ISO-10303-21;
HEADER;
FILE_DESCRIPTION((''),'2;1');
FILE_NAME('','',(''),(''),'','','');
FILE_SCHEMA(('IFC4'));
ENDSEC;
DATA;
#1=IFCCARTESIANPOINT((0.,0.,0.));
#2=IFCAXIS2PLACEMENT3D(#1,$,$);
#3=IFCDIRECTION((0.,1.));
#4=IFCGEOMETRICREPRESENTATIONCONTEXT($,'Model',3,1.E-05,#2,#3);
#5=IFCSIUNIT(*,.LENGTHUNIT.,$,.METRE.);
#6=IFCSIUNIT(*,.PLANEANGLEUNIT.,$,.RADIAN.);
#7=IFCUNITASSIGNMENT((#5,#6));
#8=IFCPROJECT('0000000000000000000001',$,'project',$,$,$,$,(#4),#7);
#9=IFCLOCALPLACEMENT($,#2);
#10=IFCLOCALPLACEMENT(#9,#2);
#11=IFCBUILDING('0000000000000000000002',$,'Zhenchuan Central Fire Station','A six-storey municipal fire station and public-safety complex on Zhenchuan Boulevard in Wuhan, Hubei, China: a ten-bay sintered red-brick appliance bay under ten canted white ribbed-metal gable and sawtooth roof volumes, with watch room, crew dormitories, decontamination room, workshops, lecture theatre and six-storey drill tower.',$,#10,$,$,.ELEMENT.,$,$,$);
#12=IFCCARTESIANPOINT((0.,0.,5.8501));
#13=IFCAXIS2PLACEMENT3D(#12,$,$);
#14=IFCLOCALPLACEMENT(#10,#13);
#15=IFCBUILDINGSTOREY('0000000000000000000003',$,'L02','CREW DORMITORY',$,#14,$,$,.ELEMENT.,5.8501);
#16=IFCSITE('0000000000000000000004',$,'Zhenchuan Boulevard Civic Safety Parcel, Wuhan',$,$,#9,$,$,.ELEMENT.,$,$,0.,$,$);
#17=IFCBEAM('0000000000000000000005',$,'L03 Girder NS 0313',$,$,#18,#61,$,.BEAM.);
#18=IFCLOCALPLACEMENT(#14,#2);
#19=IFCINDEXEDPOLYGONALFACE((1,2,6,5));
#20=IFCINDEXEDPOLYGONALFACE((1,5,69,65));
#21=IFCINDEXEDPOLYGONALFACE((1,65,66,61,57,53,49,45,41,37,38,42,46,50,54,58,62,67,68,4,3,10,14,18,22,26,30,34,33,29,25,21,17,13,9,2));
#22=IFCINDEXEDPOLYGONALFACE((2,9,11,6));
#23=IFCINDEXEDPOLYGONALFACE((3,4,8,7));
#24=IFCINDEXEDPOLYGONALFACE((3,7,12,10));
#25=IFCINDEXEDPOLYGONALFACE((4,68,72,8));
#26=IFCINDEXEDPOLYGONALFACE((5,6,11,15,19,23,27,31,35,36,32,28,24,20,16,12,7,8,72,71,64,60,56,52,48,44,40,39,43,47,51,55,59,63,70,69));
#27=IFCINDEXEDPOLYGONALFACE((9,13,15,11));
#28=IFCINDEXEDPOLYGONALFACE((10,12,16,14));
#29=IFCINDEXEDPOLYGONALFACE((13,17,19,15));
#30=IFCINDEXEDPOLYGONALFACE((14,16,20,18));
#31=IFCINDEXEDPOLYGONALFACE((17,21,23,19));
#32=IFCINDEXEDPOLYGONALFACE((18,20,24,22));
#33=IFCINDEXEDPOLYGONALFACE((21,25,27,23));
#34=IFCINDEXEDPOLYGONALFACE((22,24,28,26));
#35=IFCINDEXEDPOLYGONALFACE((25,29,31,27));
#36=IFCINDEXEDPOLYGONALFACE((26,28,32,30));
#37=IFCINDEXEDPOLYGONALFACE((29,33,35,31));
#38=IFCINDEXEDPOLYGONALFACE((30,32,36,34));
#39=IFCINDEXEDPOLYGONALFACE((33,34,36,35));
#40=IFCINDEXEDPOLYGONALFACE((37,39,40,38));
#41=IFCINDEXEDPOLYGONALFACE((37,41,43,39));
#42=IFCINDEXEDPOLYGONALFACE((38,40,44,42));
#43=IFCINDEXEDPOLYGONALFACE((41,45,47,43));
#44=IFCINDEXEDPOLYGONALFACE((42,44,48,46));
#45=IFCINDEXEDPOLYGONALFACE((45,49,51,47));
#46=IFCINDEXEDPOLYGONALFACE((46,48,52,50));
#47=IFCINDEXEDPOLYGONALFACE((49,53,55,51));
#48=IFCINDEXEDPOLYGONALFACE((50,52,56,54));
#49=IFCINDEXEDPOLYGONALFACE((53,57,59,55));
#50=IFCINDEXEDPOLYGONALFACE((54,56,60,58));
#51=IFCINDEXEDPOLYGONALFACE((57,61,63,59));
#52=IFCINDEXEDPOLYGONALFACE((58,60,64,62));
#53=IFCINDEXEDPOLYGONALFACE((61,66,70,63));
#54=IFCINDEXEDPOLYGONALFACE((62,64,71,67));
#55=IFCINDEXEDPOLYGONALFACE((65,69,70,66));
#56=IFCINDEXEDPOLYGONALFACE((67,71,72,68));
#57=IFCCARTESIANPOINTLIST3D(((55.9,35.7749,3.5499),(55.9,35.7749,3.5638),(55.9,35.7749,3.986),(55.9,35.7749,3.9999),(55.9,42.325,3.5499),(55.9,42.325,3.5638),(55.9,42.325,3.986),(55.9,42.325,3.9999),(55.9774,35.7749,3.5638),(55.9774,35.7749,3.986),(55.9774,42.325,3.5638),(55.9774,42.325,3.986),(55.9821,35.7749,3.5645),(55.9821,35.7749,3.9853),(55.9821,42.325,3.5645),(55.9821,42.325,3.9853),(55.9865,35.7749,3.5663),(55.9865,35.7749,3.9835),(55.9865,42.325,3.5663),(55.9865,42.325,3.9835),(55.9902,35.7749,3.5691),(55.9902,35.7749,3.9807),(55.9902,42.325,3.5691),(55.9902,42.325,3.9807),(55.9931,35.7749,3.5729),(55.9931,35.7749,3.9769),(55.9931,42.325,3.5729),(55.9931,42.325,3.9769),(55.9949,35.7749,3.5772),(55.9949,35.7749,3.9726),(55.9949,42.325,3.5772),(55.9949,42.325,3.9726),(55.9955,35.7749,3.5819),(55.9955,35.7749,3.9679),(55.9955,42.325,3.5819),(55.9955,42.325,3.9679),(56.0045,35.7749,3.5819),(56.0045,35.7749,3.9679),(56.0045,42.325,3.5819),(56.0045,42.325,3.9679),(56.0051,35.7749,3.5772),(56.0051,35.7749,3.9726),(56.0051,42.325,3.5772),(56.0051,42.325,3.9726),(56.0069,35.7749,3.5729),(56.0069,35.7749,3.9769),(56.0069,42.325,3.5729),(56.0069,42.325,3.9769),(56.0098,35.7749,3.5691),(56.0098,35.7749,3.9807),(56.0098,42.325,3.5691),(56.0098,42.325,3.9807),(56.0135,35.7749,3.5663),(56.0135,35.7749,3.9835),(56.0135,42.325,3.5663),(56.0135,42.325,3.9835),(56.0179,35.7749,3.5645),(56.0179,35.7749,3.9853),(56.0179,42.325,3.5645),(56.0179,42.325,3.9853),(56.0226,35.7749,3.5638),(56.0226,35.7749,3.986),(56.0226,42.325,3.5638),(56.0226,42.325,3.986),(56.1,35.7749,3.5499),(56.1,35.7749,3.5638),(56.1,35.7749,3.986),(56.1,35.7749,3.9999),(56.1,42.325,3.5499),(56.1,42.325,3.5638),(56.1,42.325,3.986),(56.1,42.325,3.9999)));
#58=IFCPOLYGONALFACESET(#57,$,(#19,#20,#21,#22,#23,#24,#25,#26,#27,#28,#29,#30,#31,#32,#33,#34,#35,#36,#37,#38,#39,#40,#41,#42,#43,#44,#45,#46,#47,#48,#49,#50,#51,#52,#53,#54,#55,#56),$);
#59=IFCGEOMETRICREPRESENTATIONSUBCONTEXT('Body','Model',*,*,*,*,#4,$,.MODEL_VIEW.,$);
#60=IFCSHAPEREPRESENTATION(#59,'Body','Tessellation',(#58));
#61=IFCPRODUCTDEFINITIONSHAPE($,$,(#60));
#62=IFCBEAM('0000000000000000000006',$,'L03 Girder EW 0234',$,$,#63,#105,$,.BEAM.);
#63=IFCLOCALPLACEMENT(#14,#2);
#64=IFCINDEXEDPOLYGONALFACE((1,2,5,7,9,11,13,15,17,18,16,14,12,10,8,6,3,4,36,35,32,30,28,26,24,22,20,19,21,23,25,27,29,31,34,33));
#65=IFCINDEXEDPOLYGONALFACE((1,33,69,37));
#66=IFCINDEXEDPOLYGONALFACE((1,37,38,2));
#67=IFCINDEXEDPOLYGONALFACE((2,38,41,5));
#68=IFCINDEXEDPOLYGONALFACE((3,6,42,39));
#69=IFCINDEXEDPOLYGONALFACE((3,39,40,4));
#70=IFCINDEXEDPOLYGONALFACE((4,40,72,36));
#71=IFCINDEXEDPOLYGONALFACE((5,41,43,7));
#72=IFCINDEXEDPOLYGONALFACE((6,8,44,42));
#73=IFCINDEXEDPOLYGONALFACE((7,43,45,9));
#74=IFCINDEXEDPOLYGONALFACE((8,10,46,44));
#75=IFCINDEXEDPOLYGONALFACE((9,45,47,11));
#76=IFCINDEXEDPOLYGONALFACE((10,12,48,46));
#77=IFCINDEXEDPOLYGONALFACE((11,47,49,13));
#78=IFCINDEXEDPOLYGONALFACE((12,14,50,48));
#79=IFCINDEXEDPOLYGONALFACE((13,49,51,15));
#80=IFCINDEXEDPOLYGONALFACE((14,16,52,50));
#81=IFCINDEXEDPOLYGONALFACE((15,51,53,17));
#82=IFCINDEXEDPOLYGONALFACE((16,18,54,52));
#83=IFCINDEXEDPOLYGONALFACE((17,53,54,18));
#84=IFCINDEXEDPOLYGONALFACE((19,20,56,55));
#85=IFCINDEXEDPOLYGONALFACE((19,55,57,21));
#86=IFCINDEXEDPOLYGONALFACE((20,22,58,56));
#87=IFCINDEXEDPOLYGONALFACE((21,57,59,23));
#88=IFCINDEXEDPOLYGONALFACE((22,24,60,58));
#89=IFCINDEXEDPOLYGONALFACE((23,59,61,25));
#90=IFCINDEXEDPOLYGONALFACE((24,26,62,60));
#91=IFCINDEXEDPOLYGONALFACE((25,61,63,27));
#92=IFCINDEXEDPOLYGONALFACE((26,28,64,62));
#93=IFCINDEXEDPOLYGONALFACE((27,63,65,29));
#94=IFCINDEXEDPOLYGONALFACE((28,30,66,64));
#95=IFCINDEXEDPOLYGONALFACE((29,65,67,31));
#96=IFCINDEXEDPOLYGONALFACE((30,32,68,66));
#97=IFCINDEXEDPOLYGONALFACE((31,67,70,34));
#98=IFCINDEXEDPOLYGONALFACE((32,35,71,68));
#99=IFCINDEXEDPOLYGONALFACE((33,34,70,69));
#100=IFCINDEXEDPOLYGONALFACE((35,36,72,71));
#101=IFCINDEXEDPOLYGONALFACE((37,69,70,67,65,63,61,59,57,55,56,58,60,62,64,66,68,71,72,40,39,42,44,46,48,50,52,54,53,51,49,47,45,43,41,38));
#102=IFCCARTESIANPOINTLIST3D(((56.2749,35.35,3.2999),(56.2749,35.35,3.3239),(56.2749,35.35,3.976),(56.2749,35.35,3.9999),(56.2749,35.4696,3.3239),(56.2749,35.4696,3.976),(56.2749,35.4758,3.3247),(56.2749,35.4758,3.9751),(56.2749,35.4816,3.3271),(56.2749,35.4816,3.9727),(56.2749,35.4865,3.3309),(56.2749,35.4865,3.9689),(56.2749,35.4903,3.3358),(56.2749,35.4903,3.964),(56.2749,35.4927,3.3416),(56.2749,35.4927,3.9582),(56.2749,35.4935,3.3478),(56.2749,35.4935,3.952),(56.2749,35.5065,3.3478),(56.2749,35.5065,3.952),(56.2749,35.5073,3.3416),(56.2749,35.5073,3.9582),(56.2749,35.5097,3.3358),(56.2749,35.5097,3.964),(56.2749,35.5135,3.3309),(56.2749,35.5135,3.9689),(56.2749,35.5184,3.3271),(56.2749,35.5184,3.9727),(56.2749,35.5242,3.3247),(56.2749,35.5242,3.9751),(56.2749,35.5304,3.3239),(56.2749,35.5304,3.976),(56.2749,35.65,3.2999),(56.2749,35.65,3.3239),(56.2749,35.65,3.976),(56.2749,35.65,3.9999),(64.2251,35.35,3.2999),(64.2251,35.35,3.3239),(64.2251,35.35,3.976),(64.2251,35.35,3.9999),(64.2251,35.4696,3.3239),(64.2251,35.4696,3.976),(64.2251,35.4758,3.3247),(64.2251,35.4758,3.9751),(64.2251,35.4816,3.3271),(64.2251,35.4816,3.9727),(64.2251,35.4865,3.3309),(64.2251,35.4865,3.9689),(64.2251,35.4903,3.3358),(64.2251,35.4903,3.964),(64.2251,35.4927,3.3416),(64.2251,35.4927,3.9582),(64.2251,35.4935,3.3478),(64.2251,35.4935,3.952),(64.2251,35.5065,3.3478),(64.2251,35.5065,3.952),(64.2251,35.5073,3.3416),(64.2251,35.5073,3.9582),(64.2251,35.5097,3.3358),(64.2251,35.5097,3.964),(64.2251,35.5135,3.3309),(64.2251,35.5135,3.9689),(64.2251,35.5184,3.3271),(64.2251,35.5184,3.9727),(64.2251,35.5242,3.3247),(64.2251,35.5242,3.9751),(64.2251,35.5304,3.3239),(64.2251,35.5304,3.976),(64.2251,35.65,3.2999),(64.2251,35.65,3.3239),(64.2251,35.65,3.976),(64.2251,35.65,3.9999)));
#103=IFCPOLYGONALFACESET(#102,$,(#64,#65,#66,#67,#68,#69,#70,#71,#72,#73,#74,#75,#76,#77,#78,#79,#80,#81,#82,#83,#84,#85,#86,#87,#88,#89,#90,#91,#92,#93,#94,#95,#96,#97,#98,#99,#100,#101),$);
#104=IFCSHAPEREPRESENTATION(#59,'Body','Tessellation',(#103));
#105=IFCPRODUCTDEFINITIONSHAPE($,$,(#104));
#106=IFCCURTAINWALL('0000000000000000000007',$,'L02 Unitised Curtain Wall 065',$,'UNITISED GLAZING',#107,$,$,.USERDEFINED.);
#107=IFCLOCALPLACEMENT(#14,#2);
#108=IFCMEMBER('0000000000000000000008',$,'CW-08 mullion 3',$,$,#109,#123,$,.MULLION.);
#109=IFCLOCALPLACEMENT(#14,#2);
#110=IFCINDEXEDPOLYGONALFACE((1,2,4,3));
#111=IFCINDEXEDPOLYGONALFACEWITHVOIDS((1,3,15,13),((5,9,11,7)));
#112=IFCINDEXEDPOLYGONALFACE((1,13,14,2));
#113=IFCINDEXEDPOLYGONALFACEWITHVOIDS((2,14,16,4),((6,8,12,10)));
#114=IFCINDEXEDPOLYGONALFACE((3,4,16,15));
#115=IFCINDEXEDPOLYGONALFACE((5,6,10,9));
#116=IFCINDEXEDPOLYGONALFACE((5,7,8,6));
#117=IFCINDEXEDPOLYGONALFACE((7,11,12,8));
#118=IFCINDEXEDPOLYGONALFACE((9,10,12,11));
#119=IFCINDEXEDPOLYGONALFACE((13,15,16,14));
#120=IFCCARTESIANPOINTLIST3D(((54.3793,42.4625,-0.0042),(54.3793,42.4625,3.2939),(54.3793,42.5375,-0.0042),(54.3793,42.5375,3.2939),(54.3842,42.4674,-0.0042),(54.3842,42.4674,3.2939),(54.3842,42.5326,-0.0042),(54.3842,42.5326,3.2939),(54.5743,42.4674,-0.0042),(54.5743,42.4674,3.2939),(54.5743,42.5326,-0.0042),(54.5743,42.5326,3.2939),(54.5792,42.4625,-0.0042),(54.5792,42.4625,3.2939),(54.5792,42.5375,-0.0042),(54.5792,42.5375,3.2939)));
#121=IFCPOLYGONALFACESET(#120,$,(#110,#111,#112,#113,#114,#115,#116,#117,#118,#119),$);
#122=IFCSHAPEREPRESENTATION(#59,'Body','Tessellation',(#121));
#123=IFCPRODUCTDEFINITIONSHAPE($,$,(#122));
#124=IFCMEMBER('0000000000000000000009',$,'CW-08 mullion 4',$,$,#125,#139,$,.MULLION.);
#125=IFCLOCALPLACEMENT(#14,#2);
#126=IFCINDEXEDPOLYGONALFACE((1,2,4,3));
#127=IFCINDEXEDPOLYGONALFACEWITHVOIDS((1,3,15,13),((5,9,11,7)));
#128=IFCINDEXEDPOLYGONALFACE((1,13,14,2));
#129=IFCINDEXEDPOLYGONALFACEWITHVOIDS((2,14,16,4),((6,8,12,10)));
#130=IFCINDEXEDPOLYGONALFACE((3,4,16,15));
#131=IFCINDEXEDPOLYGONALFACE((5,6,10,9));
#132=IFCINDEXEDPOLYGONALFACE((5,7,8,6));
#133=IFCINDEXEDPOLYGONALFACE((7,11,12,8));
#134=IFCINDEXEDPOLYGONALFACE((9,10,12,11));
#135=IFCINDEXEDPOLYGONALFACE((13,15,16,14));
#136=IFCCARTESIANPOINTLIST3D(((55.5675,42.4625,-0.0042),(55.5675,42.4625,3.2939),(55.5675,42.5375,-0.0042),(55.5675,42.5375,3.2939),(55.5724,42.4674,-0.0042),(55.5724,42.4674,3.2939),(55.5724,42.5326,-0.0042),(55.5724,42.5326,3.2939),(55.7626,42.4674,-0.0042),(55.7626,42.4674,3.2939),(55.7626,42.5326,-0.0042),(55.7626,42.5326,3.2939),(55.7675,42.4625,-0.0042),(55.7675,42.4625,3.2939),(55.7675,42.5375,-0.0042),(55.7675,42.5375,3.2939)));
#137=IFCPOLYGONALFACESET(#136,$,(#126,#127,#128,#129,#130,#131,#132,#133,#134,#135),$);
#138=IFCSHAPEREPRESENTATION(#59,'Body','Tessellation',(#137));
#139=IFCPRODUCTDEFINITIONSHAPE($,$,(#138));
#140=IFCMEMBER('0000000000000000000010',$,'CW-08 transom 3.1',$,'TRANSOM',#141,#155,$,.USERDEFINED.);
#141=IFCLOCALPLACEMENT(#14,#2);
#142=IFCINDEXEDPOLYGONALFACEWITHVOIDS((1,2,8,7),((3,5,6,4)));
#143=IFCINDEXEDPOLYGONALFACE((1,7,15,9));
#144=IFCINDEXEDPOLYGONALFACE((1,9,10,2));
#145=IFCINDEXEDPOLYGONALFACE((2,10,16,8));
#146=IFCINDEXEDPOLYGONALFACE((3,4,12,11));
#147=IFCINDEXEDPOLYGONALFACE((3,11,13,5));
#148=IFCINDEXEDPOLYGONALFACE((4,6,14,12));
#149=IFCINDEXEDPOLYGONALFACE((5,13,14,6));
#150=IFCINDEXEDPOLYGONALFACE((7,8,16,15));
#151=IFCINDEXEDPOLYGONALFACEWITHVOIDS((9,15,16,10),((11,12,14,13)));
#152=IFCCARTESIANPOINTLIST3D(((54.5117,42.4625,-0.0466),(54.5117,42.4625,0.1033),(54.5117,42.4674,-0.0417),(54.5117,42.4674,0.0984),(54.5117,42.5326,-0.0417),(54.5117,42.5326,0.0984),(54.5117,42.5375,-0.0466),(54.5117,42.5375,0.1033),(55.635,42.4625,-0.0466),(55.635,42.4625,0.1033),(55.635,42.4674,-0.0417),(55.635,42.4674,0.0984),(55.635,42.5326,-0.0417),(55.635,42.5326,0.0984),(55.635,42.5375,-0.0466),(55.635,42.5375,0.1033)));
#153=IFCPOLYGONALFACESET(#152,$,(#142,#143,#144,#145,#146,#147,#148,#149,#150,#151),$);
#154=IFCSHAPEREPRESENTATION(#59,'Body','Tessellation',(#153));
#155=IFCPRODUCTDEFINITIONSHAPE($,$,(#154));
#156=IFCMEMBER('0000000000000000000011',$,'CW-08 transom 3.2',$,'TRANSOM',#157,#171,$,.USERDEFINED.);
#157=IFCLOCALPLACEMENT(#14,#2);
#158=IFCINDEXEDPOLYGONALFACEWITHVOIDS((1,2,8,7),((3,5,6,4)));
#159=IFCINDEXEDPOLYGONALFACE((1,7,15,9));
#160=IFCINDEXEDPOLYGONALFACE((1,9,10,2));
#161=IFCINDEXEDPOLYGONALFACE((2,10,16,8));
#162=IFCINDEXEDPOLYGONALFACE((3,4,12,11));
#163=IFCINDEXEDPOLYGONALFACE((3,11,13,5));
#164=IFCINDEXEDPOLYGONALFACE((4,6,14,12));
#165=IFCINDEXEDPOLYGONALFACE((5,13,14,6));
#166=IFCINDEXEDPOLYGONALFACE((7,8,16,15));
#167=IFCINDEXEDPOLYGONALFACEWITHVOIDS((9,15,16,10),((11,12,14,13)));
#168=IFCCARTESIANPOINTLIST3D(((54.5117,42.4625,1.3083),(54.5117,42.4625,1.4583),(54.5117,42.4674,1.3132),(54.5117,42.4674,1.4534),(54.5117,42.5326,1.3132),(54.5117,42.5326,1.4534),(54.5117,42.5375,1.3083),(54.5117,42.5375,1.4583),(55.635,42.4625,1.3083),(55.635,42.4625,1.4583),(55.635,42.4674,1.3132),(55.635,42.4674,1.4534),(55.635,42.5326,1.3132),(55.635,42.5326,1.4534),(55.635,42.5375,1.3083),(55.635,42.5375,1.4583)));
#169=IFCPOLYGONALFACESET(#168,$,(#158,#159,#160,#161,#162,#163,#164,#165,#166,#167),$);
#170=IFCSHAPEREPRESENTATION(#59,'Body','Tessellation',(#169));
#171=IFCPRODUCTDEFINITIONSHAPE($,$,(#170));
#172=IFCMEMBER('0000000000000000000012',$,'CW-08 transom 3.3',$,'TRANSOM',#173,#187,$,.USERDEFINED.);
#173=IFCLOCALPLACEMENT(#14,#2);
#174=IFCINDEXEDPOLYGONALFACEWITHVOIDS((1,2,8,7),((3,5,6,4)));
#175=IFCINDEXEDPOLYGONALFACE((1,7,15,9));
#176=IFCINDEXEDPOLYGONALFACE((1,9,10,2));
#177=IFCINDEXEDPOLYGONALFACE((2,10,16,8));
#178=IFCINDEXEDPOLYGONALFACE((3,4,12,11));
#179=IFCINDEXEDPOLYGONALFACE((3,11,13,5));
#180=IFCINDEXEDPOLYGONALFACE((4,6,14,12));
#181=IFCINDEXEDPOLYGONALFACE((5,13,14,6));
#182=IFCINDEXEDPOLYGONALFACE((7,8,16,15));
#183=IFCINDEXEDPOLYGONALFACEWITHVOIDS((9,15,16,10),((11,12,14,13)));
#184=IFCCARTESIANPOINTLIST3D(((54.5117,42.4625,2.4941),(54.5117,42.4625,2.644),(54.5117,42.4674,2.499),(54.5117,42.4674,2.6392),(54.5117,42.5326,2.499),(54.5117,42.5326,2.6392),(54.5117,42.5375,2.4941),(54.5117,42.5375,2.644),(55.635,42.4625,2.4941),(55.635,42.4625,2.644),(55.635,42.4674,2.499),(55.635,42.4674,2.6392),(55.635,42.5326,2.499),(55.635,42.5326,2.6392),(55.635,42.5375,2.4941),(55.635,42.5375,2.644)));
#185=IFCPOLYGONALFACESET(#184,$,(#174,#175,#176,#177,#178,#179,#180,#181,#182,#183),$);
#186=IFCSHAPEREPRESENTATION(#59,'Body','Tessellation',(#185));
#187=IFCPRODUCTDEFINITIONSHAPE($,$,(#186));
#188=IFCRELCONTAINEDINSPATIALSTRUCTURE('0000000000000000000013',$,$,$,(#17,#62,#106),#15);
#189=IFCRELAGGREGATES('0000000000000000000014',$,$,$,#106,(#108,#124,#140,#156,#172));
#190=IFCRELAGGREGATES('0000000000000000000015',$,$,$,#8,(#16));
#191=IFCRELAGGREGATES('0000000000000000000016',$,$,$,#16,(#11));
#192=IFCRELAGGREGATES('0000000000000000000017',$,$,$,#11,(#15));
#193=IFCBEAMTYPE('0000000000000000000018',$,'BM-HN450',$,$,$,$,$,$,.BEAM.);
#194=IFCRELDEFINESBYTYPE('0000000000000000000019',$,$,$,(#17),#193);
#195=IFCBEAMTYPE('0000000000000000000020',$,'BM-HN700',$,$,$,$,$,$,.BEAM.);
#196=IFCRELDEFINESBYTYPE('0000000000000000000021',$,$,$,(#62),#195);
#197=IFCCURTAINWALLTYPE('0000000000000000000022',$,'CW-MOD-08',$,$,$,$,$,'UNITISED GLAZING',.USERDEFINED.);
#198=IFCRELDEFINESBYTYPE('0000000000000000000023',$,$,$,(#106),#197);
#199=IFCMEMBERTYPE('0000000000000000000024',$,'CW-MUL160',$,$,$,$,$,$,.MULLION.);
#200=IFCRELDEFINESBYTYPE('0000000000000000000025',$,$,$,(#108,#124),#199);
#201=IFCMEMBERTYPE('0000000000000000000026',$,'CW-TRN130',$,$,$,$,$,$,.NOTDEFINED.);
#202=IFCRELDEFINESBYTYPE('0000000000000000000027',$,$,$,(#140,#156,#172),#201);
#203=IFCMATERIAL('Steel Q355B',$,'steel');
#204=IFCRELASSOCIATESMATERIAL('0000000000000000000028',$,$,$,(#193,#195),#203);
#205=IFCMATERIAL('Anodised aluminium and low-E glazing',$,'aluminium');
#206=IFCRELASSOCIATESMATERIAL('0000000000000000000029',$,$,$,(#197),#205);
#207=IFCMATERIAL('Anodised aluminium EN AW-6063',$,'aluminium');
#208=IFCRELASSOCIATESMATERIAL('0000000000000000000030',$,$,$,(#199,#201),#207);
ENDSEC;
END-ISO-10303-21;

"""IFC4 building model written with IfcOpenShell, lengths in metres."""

from ifc_helpers import new_model, si_unit, direction, frame, origin, origin_2d, place, context, subcontext, project, spatial, hollow_rectangle, i_section, extrude, material, material_profile, profile_set, type_object, element, aggregate, save


model = new_model("IFC4")

# Units and contexts
model_context = context("Model", 3, precision=1e-05, world=origin(), true_north=direction((0.0, 1.0)))
body_context = subcontext(model_context, "Body", "Model", "MODEL_VIEW")
ifc_project = project(units=[si_unit("LENGTHUNIT", "METRE"), si_unit("PLANEANGLEUNIT", "RADIAN")], contexts=[model_context])

# Site, building, storey
site_placement = place(None, origin())
site = spatial("IfcSite", under=ifc_project, at=site_placement, Name="Zhenchuan Boulevard Civic Safety Parcel, Wuhan", CompositionType="ELEMENT", RefElevation=0.0)
building_placement = place(site_placement, origin())
building = spatial("IfcBuilding", under=site, at=building_placement, Name="Zhenchuan Central Fire Station", Description="A six-storey municipal fire station and public-safety complex on Zhenchuan Boulevard in Wuhan, Hubei, China: a ten-bay sintered red-brick appliance bay under ten canted white ribbed-metal gable and sawtooth roof volumes, with watch room, crew dormitories, decontamination room, workshops, lecture theatre and six-storey drill tower.", CompositionType="ELEMENT")
storey_placement = place(building_placement, frame((0.0, 0.0, 5.8501)))
storey = spatial("IfcBuildingStorey", under=building, at=storey_placement, Name="L02", Description="CREW DORMITORY", CompositionType="ELEMENT", Elevation=5.8501)

# Shared definitions
ifc_material_1 = material(Name="Steel Q355B", Category="steel")

# Beams
ifc_material_profile_1 = material_profile(ifc_material_1, i_section(OverallWidth=0.2, OverallDepth=0.45, WebThickness=0.009, FlangeThickness=0.0139, FilletRadius=0.0181, at=origin_2d()), Name="HN 450x200")
ifc_profile_set_1 = profile_set([ifc_material_profile_1], Name="Steel Q355B")
beam_type_1 = type_object("IfcBeamType", Name="BM-HN450", PredefinedType="BEAM", material=ifc_profile_set_1)
beam_1_placement = place(storey_placement, frame((56.0, 35.7749, 3.7749), z_axis=(0.0, 1.0, 0.0), x_axis=(-1.0, 0.0, 0.0)))
element("IfcBeam", 1, at=beam_1_placement, inside=storey, type_object=beam_type_1, Name="L03 Girder NS 0313", PredefinedType="BEAM", context=body_context, shape_type="SweptSolid", body=[
    extrude(i_section(OverallWidth=0.2, OverallDepth=0.45, WebThickness=0.009, FlangeThickness=0.0139, FilletRadius=0.0181, at=origin_2d()), origin(), (0.0, 0.0, 1.0), 6.55),
])
ifc_material_profile_2 = material_profile(ifc_material_1, i_section(OverallWidth=0.3, OverallDepth=0.7, WebThickness=0.0129, FlangeThickness=0.0239, FilletRadius=0.0239, at=origin_2d()), Name="HN 700x300")
ifc_profile_set_2 = profile_set([ifc_material_profile_2], Name="Steel Q355B")
beam_type_2 = type_object("IfcBeamType", Name="BM-HN700", PredefinedType="BEAM", material=ifc_profile_set_2)
beam_2_placement = place(storey_placement, frame((56.2749, 35.5, 3.6499), z_axis=(1.0, 0.0, 0.0), x_axis=(0.0, 1.0, 0.0)))
element("IfcBeam", 2, at=beam_2_placement, inside=storey, type_object=beam_type_2, Name="L03 Girder EW 0234", PredefinedType="BEAM", context=body_context, shape_type="SweptSolid", body=[
    extrude(i_section(OverallWidth=0.3, OverallDepth=0.7, WebThickness=0.0129, FlangeThickness=0.0239, FilletRadius=0.0239, at=origin_2d()), origin(), (0.0, 0.0, 1.0), 7.9502),
])

# Curtain wall, members
ifc_material_2 = material(Name="Anodised aluminium and low-E glazing", Category="aluminium")
curtain_wall_type = type_object("IfcCurtainWallType", Name="CW-MOD-08", ElementType="UNITISED GLAZING", PredefinedType="USERDEFINED", material=ifc_material_2)
curtain_wall_placement = place(storey_placement, origin())
curtain_wall = element("IfcCurtainWall", 3, at=curtain_wall_placement, inside=storey, type_object=curtain_wall_type, Name="L02 Unitised Curtain Wall 065", ObjectType="UNITISED GLAZING", PredefinedType="USERDEFINED")
ifc_material_3 = material(Name="Anodised aluminium EN AW-6063", Category="aluminium")
ifc_material_profile_3 = material_profile(ifc_material_3, hollow_rectangle(XDim=0.075, YDim=0.2, WallThickness=0.0049, at=origin_2d()), Name="ALU-M 200x75")
ifc_profile_set_3 = profile_set([ifc_material_profile_3], Name="Anodised aluminium EN AW-6063")
member_type_1 = type_object("IfcMemberType", Name="CW-MUL160", PredefinedType="MULLION", material=ifc_profile_set_3)
member_1_placement = place(storey_placement, frame((54.4792, 42.5, -0.0042), z_axis=(0.0, 0.0, 1.0), x_axis=(0.0, 1.0, 0.0)))
member_1 = element("IfcMember", 4, at=member_1_placement, type_object=member_type_1, Name="CW-08 mullion 3", PredefinedType="MULLION", context=body_context, shape_type="SweptSolid", body=[
    extrude(hollow_rectangle(XDim=0.075, YDim=0.2, WallThickness=0.0049, at=origin_2d()), origin(), (0.0, 0.0, 1.0), 3.2981),
])
member_2_placement = place(storey_placement, frame((55.6675, 42.5, -0.0042), z_axis=(0.0, 0.0, 1.0), x_axis=(0.0, 1.0, 0.0)))
member_2 = element("IfcMember", 5, at=member_2_placement, type_object=member_type_1, Name="CW-08 mullion 4", PredefinedType="MULLION", context=body_context, shape_type="SweptSolid", body=[
    extrude(hollow_rectangle(XDim=0.075, YDim=0.2, WallThickness=0.0049, at=origin_2d()), origin(), (0.0, 0.0, 1.0), 3.2981),
])
ifc_material_profile_4 = material_profile(ifc_material_3, hollow_rectangle(XDim=0.075, YDim=0.1499, WallThickness=0.0049, at=origin_2d()), Name="ALU-T 150x75")
ifc_profile_set_4 = profile_set([ifc_material_profile_4], Name="Anodised aluminium EN AW-6063")
member_type_2 = type_object("IfcMemberType", Name="CW-TRN130", PredefinedType="NOTDEFINED", material=ifc_profile_set_4)
member_3_placement = place(storey_placement, frame((54.5117, 42.5, 0.0283), z_axis=(1.0, 0.0, 0.0), x_axis=(0.0, 1.0, 0.0)))
member_3 = element("IfcMember", 6, at=member_3_placement, type_object=member_type_2, Name="CW-08 transom 3.1", ObjectType="TRANSOM", PredefinedType="USERDEFINED", context=body_context, shape_type="SweptSolid", body=[
    extrude(hollow_rectangle(XDim=0.075, YDim=0.1499, WallThickness=0.0049, at=origin_2d()), origin(), (0.0, 0.0, 1.0), 1.1233),
])
member_4_placement = place(storey_placement, frame((54.5117, 42.5, 1.3833), z_axis=(1.0, 0.0, 0.0), x_axis=(0.0, 1.0, 0.0)))
member_4 = element("IfcMember", 7, at=member_4_placement, type_object=member_type_2, Name="CW-08 transom 3.2", ObjectType="TRANSOM", PredefinedType="USERDEFINED", context=body_context, shape_type="SweptSolid", body=[
    extrude(hollow_rectangle(XDim=0.075, YDim=0.1499, WallThickness=0.0049, at=origin_2d()), origin(), (0.0, 0.0, 1.0), 1.1233),
])
member_5_placement = place(storey_placement, frame((54.5117, 42.5, 2.5691), z_axis=(1.0, 0.0, 0.0), x_axis=(0.0, 1.0, 0.0)))
member_5 = element("IfcMember", 8, at=member_5_placement, type_object=member_type_2, Name="CW-08 transom 3.3", ObjectType="TRANSOM", PredefinedType="USERDEFINED", context=body_context, shape_type="SweptSolid", body=[
    extrude(hollow_rectangle(XDim=0.075, YDim=0.1499, WallThickness=0.0049, at=origin_2d()), origin(), (0.0, 0.0, 1.0), 1.1233),
])

aggregate(curtain_wall, [member_1, member_2, member_3, member_4, member_5])

save(model, "model.ifc")
